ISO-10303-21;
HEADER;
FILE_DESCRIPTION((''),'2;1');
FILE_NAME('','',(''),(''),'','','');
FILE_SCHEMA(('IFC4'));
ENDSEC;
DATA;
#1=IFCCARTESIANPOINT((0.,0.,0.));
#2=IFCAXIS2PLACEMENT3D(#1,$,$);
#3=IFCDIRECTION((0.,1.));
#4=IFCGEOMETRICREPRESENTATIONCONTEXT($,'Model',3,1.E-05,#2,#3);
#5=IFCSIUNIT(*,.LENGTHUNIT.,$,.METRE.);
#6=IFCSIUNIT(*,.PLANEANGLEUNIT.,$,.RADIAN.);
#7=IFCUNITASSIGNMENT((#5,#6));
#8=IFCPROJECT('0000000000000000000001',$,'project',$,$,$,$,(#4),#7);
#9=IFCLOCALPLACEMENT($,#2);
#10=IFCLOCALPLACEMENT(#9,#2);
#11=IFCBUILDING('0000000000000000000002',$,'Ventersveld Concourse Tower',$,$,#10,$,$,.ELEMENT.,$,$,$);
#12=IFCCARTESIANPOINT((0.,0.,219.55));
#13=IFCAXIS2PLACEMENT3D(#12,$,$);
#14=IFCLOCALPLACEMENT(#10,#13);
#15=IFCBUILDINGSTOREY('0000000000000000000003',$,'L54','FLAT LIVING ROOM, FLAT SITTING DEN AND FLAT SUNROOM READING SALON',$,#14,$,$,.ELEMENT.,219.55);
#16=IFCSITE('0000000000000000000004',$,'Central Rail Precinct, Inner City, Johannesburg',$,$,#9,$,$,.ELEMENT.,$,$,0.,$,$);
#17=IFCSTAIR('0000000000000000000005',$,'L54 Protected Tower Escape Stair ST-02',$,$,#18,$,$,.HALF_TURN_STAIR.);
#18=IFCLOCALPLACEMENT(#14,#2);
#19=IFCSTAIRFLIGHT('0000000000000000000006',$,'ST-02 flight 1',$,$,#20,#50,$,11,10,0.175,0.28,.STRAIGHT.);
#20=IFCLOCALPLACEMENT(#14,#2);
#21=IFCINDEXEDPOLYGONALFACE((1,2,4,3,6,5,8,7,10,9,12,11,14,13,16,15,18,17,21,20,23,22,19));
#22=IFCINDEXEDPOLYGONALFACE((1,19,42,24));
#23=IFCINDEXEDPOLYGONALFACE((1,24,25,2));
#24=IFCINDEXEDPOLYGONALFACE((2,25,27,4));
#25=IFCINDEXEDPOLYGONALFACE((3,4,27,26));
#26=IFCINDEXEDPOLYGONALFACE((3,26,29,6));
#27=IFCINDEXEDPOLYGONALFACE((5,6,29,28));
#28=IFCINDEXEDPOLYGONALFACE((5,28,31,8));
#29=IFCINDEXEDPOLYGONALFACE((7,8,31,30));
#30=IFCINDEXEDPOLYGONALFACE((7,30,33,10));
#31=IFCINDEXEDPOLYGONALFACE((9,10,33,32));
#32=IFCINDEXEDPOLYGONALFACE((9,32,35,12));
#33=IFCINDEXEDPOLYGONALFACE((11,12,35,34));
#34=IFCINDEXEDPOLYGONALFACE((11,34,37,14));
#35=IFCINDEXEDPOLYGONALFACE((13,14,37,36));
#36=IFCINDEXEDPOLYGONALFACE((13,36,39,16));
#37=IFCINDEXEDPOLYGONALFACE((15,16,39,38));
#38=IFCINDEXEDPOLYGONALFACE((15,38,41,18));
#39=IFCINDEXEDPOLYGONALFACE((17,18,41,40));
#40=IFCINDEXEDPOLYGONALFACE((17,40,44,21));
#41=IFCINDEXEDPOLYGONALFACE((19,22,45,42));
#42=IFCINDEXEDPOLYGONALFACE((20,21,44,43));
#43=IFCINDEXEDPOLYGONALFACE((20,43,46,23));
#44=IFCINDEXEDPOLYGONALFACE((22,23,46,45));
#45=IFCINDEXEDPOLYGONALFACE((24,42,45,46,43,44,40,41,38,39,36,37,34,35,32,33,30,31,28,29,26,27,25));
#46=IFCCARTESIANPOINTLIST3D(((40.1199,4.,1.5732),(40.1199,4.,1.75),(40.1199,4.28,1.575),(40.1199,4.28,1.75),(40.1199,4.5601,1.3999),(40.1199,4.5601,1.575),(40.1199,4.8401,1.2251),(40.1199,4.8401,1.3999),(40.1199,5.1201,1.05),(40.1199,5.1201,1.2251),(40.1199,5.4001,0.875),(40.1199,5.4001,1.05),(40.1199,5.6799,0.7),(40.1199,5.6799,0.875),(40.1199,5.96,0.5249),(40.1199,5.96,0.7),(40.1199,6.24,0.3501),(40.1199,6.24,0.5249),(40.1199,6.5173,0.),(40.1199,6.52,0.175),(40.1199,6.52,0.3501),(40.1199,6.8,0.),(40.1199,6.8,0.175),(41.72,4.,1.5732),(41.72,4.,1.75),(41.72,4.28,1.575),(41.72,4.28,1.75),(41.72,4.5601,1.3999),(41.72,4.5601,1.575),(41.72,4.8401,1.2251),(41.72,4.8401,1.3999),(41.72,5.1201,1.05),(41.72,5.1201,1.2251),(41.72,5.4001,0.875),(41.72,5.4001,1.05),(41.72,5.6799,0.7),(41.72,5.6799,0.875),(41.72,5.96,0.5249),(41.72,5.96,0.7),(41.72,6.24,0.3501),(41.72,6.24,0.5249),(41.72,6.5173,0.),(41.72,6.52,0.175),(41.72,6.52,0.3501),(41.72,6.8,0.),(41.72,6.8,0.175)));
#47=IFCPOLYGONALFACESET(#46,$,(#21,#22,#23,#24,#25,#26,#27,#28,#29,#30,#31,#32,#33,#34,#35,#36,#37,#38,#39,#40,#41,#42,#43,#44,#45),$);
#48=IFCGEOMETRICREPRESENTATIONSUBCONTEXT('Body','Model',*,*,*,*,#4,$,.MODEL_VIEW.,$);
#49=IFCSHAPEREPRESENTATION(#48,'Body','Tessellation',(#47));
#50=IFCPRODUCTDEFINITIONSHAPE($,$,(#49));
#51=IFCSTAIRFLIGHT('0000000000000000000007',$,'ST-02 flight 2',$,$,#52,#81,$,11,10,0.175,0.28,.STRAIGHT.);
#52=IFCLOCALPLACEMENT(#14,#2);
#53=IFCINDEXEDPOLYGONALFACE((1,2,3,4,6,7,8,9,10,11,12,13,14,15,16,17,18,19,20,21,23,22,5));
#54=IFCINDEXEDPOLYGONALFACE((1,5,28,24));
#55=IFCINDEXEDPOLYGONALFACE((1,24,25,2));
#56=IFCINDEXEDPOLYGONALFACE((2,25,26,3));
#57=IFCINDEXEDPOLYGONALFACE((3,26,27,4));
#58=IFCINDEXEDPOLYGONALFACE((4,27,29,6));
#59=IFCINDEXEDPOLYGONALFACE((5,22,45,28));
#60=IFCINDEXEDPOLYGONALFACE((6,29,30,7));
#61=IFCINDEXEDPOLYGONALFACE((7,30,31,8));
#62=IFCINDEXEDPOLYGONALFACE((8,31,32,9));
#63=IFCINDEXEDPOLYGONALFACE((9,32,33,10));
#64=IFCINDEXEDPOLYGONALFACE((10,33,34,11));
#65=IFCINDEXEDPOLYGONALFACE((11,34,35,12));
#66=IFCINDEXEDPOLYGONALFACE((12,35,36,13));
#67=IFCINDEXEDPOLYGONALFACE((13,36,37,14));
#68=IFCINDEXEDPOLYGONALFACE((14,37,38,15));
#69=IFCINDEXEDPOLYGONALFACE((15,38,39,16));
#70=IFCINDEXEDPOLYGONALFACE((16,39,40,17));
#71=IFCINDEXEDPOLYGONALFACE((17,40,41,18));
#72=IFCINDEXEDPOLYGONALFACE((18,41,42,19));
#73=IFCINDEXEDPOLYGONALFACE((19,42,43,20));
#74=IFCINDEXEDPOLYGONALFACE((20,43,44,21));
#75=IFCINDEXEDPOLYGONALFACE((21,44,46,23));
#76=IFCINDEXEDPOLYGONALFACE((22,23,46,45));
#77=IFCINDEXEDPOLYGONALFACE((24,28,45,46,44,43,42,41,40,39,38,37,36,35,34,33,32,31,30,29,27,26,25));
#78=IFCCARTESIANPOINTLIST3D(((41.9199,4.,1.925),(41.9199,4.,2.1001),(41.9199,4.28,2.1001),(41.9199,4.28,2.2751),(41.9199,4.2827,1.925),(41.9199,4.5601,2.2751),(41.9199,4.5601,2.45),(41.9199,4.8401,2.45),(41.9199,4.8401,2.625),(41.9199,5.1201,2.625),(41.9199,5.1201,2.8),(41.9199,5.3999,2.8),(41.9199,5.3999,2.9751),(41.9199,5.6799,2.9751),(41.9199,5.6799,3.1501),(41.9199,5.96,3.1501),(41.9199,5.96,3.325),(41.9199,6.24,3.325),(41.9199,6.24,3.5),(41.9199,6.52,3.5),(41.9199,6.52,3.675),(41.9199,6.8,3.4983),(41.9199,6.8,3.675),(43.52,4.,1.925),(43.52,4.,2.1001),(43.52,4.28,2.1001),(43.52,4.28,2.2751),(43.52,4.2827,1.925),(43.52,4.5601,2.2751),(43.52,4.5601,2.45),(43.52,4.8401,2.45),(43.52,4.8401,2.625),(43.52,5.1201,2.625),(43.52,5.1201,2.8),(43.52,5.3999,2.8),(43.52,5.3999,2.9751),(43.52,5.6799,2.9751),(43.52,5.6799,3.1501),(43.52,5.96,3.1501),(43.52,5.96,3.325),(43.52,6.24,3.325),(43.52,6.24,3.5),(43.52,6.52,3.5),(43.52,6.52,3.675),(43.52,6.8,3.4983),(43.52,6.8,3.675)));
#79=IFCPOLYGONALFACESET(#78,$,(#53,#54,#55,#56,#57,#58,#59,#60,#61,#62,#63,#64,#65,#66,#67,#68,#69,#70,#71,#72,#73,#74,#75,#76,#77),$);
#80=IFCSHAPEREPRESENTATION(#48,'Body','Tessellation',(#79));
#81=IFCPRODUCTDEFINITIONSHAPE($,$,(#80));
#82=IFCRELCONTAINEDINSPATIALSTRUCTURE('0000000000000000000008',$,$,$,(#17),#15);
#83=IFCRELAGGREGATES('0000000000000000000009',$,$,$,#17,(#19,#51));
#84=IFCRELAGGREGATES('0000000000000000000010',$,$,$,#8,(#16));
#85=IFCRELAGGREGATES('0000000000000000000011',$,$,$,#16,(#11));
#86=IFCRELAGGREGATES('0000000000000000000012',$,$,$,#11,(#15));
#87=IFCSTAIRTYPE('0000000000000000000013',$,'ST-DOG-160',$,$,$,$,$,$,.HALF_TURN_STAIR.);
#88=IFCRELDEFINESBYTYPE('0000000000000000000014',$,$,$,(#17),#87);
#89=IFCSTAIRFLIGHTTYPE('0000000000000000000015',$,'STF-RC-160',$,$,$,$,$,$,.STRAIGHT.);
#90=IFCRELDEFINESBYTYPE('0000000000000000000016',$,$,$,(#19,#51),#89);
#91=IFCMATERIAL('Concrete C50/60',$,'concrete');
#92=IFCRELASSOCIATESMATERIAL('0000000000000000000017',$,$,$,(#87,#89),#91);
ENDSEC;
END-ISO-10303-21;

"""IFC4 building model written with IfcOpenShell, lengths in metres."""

from ifc_helpers import new_model, si_unit, direction, frame, origin, place, context, subcontext, project, spatial, polyline, outline, extrude, material, type_object, element, aggregate, save


model = new_model("IFC4")

# Units and contexts
model_context = context("Model", 3, precision=1e-05, world=origin(), true_north=direction((0.0, 1.0)))
body_context = subcontext(model_context, "Body", "Model", "MODEL_VIEW")
ifc_project = project(units=[si_unit("LENGTHUNIT", "METRE"), si_unit("PLANEANGLEUNIT", "RADIAN")], contexts=[model_context])

# Site, building, storey
site_placement = place(None, origin())
site = spatial("IfcSite", under=ifc_project, at=site_placement, Name="Central Rail Precinct, Inner City, Johannesburg", CompositionType="ELEMENT", RefElevation=0.0)
building_placement = place(site_placement, origin())
building = spatial("IfcBuilding", under=site, at=building_placement, Name="Ventersveld Concourse Tower", CompositionType="ELEMENT")
storey_placement = place(building_placement, frame((0.0, 0.0, 219.55)))
storey = spatial("IfcBuildingStorey", under=building, at=storey_placement, Name="L54", Description="FLAT LIVING ROOM, FLAT SITTING DEN AND FLAT SUNROOM READING SALON", CompositionType="ELEMENT", Elevation=219.55)

# Shared definitions
ifc_material_1 = material(Name="Concrete C50/60", Category="concrete")

# Stair, stair flights
stair_type = type_object("IfcStairType", Name="ST-DOG-160", PredefinedType="HALF_TURN_STAIR", material=ifc_material_1)
stair_placement = place(storey_placement, origin())
stair = element("IfcStair", 1, at=stair_placement, inside=storey, type_object=stair_type, Name="L54 Protected Tower Escape Stair ST-02", PredefinedType="HALF_TURN_STAIR")
stair_flight_type = type_object("IfcStairFlightType", Name="STF-RC-160", PredefinedType="STRAIGHT", material=ifc_material_1)
stair_flight_1_placement = place(storey_placement, frame((40.9199, 6.8, 0.0), z_axis=(0.0, 0.0, 1.0), x_axis=(0.0, -1.0, 0.0)))
stair_flight_1 = element("IfcStairFlight", 2, at=stair_flight_1_placement, type_object=stair_flight_type, Name="ST-02 flight 1", NumberOfRisers=11, NumberOfTreads=10, PredefinedType="STRAIGHT", RiserHeight=0.175, TreadLength=0.28, context=body_context, shape_type="SweptSolid", body=[
    extrude(outline(polyline([(0.0, 0.0), (0.0, 0.175), (0.28, 0.175), (0.28, 0.3501), (0.5601, 0.3501), (0.5601, 0.5249), (0.8401, 0.5249), (0.8401, 0.7), (1.1201, 0.7), (1.1201, 0.875), (1.3999, 0.875), (1.3999, 1.05), (1.6799, 1.05), (1.6799, 1.2251), (1.96, 1.2251), (1.96, 1.3999), (2.24, 1.3999), (2.24, 1.575), (2.52, 1.575), (2.52, 1.75), (2.8, 1.75), (2.8, 1.925), (2.8, 1.5732), (0.2827, 0.0), (0.0, 0.0)])), frame((0.0, 0.8, 0.0), z_axis=(0.0, -1.0, 0.0), x_axis=(1.0, 0.0, 0.0)), (0.0, 0.0, 1.0), 1.6001),
])
stair_flight_2_placement = place(storey_placement, frame((42.72, 4.0, 1.925), z_axis=(0.0, 0.0, 1.0), x_axis=(0.0, 1.0, 0.0)))
stair_flight_2 = element("IfcStairFlight", 3, at=stair_flight_2_placement, type_object=stair_flight_type, Name="ST-02 flight 2", NumberOfRisers=11, NumberOfTreads=10, PredefinedType="STRAIGHT", RiserHeight=0.175, TreadLength=0.28, context=body_context, shape_type="SweptSolid", body=[
    extrude(outline(polyline([(0.0, 0.0), (0.0, 0.175), (0.28, 0.175), (0.28, 0.3501), (0.5601, 0.3501), (0.5601, 0.5249), (0.8401, 0.5249), (0.8401, 0.7), (1.1201, 0.7), (1.1201, 0.875), (1.3999, 0.875), (1.3999, 1.05), (1.6799, 1.05), (1.6799, 1.2251), (1.96, 1.2251), (1.96, 1.3999), (2.24, 1.3999), (2.24, 1.575), (2.52, 1.575), (2.52, 1.75), (2.8, 1.75), (2.8, 1.925), (2.8, 1.5732), (0.2827, 0.0), (0.0, 0.0)])), frame((0.0, 0.8, 0.0), z_axis=(0.0, -1.0, 0.0), x_axis=(1.0, 0.0, 0.0)), (0.0, 0.0, 1.0), 1.6001),
])
aggregate(stair, [stair_flight_1, stair_flight_2])

save(model, "model.ifc")
